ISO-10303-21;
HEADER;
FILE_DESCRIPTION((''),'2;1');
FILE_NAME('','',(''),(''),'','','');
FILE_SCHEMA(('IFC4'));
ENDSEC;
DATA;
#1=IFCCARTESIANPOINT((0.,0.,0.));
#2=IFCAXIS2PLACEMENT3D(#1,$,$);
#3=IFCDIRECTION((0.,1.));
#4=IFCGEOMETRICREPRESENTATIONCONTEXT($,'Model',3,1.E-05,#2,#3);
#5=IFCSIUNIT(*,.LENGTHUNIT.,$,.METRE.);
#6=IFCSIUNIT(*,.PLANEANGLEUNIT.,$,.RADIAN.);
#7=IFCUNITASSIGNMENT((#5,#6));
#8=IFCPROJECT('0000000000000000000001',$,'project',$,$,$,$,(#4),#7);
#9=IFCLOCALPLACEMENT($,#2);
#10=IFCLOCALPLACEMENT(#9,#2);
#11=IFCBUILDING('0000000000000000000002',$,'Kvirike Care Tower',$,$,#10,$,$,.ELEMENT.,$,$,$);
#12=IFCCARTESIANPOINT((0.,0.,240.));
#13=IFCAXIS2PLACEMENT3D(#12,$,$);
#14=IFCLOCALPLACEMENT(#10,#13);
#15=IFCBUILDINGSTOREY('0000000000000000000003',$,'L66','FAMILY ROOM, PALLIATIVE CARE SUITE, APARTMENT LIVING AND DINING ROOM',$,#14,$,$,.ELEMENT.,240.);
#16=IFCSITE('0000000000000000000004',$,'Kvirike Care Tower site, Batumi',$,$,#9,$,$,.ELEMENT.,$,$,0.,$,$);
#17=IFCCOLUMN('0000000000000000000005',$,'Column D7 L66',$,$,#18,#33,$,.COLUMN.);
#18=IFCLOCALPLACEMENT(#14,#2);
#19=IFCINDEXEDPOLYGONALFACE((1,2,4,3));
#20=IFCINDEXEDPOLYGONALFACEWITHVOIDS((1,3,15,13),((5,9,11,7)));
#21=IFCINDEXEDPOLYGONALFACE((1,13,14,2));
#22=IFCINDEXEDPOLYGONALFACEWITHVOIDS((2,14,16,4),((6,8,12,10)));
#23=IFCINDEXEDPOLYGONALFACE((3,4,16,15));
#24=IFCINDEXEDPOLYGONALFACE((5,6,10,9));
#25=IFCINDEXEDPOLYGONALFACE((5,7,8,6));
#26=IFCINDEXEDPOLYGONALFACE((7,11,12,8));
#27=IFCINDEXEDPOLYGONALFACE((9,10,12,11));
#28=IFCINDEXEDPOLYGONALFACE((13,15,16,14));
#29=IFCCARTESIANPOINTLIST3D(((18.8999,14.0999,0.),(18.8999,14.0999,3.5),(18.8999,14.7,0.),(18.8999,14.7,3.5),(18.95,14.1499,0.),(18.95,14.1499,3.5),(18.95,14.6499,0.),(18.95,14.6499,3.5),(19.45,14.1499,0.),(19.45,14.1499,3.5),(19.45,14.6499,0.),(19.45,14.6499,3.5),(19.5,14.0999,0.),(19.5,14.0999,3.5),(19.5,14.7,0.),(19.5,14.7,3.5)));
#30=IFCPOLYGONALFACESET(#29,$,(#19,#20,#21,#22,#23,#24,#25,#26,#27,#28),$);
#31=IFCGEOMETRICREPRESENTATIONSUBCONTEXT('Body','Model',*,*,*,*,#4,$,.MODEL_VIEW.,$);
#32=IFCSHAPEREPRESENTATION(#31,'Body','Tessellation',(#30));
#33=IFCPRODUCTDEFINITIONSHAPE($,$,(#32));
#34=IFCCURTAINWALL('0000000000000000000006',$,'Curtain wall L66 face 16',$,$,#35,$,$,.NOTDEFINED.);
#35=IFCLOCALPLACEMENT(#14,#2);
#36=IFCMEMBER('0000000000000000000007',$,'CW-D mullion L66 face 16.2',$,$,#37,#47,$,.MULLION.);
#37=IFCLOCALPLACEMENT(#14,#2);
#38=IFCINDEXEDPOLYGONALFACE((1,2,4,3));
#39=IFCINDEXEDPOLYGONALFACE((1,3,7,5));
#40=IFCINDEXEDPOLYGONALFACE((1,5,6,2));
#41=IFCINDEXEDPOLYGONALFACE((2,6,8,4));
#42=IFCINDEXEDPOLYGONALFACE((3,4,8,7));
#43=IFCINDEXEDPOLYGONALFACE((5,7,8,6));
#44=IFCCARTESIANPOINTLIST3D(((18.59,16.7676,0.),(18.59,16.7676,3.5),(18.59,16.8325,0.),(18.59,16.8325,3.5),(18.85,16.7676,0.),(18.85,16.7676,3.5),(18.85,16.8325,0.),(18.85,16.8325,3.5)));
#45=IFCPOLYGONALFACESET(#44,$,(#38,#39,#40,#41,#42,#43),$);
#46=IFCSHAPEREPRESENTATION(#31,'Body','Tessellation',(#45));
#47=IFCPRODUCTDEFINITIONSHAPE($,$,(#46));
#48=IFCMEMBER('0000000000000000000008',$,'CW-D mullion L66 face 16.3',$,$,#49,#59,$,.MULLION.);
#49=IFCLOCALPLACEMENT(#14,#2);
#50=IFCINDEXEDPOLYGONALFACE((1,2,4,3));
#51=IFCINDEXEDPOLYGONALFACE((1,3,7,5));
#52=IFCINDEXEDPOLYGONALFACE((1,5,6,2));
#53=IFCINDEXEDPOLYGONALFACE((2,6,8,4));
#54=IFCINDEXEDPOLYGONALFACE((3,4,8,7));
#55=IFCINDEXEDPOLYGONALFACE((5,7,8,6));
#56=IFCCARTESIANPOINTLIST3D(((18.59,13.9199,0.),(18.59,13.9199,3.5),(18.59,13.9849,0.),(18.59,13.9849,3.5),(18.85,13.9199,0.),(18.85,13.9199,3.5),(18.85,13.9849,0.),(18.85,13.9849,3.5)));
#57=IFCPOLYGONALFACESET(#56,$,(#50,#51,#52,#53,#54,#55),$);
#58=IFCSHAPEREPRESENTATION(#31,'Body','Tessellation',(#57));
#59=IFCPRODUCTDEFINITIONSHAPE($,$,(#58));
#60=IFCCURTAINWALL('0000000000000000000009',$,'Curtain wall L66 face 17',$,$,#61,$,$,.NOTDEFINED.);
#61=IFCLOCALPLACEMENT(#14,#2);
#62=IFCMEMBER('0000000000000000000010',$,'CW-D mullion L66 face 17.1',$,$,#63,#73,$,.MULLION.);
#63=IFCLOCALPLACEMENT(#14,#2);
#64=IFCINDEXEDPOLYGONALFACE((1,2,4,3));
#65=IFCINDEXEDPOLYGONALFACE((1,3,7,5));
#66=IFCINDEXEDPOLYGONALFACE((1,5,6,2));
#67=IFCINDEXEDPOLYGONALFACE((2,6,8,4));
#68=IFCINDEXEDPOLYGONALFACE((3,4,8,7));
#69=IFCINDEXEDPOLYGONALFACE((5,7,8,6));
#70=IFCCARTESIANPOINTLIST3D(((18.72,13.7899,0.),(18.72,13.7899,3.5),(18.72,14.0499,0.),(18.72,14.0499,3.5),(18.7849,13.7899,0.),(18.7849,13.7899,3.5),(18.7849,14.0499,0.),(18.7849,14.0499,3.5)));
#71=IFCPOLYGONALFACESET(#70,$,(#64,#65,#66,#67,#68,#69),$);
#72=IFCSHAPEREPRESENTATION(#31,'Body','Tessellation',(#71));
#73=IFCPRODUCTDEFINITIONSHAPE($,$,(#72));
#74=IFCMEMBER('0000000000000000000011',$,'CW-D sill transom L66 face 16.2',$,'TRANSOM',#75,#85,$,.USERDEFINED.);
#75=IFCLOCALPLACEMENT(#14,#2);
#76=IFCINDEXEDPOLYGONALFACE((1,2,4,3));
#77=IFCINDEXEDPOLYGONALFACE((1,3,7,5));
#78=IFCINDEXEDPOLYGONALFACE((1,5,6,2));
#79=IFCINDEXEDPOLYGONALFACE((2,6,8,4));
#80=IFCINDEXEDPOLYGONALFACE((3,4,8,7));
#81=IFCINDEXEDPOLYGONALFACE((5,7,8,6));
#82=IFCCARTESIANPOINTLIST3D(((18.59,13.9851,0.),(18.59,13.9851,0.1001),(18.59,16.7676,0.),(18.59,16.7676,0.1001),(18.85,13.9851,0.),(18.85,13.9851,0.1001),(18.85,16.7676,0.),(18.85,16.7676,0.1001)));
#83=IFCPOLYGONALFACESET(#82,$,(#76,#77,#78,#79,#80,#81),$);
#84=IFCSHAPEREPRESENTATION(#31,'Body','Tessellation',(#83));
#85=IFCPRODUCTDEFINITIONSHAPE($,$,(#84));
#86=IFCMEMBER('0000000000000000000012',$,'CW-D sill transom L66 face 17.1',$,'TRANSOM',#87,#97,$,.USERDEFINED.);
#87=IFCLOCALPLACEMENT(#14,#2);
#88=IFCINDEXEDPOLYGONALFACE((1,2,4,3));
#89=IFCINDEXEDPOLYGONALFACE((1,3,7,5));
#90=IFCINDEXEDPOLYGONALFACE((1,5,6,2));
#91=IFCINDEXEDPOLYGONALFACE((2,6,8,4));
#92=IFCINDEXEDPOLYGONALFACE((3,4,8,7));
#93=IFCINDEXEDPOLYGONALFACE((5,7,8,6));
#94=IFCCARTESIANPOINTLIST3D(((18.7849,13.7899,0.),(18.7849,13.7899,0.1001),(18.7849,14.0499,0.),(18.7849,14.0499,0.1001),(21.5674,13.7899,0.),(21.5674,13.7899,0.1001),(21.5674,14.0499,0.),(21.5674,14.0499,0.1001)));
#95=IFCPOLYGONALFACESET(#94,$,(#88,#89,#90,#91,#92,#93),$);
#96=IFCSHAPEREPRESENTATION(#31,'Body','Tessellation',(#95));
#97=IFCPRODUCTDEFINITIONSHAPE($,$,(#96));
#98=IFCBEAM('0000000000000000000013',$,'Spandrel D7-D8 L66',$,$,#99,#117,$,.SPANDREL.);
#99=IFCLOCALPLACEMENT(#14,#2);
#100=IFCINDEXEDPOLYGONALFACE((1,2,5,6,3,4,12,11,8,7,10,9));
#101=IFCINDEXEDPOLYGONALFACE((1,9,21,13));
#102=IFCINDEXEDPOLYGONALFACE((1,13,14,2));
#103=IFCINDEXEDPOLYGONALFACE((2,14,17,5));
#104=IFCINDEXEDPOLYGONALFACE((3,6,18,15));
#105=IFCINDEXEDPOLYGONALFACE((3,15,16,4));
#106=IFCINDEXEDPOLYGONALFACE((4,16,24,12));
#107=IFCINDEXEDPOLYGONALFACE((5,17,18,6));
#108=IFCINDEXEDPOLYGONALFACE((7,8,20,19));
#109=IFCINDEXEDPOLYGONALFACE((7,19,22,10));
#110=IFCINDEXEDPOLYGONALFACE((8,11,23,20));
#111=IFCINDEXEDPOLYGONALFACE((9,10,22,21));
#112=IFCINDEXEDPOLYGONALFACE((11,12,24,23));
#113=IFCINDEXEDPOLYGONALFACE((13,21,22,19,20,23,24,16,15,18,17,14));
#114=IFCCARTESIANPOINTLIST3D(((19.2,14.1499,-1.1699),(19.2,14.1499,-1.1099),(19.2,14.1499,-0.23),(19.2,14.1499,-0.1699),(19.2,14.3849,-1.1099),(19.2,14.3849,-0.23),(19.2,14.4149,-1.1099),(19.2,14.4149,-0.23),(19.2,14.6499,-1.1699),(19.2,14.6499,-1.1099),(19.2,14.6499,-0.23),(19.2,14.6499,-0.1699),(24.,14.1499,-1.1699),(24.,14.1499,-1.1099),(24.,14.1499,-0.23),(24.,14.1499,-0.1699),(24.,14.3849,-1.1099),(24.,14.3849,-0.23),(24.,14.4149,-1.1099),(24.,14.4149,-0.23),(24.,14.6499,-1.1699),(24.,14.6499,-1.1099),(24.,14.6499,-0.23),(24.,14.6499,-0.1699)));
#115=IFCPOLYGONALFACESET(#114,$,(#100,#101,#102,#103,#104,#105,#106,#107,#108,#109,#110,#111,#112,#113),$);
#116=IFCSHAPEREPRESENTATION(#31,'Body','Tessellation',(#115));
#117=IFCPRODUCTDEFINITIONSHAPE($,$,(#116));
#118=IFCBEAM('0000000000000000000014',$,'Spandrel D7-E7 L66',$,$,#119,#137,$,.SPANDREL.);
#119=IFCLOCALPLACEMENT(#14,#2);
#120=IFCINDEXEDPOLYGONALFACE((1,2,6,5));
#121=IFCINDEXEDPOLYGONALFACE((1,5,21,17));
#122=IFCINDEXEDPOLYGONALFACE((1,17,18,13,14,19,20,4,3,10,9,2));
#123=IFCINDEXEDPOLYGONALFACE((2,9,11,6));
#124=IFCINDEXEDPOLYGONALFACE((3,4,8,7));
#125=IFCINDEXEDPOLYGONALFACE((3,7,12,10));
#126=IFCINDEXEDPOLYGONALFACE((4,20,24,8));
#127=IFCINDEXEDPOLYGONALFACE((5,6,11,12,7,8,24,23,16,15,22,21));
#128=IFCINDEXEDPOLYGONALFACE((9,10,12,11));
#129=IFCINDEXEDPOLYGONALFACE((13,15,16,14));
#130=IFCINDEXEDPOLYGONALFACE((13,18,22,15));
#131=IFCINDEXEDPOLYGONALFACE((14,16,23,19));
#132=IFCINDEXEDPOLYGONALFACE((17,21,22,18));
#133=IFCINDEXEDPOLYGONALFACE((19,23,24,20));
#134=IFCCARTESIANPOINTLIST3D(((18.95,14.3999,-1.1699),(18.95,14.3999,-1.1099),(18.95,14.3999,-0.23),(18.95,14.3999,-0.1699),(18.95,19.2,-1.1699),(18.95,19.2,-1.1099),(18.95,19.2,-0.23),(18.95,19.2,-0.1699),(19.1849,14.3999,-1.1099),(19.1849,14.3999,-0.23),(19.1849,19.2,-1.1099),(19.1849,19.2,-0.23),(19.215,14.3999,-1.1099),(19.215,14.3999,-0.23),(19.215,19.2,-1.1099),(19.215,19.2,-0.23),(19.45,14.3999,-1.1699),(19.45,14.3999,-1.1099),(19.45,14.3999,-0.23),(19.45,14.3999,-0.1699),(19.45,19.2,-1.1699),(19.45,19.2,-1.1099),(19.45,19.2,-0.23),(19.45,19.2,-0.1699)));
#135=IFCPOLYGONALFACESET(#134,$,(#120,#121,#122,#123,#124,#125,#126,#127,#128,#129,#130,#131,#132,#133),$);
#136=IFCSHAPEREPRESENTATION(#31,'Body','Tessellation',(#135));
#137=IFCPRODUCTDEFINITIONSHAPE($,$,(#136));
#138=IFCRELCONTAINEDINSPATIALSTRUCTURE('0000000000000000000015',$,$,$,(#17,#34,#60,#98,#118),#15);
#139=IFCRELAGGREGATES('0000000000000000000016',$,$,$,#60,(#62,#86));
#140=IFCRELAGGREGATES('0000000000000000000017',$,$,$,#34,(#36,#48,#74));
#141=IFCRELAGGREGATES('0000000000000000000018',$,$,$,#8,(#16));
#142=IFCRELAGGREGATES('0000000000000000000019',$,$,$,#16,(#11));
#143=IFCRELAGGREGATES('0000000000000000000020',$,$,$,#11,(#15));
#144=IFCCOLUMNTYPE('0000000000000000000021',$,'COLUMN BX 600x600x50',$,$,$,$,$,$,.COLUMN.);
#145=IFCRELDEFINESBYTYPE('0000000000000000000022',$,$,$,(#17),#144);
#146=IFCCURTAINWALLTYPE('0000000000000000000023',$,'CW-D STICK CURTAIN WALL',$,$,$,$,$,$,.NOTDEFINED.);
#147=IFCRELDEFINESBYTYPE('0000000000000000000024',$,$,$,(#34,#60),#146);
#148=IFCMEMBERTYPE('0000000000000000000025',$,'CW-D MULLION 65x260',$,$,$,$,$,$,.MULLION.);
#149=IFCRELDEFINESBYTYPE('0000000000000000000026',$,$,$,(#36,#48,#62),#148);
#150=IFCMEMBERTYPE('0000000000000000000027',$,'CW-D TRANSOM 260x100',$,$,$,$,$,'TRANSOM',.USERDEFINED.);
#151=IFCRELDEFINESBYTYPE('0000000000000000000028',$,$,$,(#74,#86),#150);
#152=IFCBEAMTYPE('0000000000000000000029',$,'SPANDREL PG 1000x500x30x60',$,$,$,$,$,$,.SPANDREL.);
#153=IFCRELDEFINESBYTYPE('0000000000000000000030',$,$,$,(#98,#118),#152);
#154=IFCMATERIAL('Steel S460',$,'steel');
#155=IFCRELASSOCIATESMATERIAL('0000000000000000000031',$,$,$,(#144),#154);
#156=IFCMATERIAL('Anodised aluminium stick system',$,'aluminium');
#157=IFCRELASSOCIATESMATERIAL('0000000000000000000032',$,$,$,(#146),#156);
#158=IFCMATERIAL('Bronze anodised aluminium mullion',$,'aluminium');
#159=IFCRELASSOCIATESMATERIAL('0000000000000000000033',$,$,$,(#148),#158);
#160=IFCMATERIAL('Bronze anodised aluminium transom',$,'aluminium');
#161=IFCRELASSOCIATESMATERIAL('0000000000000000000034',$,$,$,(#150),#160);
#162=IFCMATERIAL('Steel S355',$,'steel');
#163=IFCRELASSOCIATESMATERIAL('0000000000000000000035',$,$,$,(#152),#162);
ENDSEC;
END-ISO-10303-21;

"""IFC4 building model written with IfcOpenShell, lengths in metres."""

from ifc_helpers import new_model, si_unit, direction, frame, origin, origin_2d, place, context, subcontext, project, spatial, rectangle, hollow_rectangle, i_section, extrude, material, material_profile, profile_set, type_object, element, aggregate, save


model = new_model("IFC4")

# Units and contexts
model_context = context("Model", 3, precision=1e-05, world=origin(), true_north=direction((0.0, 1.0)))
body_context = subcontext(model_context, "Body", "Model", "MODEL_VIEW")
ifc_project = project(units=[si_unit("LENGTHUNIT", "METRE"), si_unit("PLANEANGLEUNIT", "RADIAN")], contexts=[model_context])

# Site, building, storey
site_placement = place(None, origin())
site = spatial("IfcSite", under=ifc_project, at=site_placement, Name="Kvirike Care Tower site, Batumi", CompositionType="ELEMENT", RefElevation=0.0)
building_placement = place(site_placement, origin())
building = spatial("IfcBuilding", under=site, at=building_placement, Name="Kvirike Care Tower", CompositionType="ELEMENT")
storey_placement = place(building_placement, frame((0.0, 0.0, 240.0)))
storey = spatial("IfcBuildingStorey", under=building, at=storey_placement, Name="L66", Description="FAMILY ROOM, PALLIATIVE CARE SUITE, APARTMENT LIVING AND DINING ROOM", CompositionType="ELEMENT", Elevation=240.0)

# Column
ifc_material_1 = material(Name="Steel S460", Category="steel")
ifc_material_profile_1 = material_profile(ifc_material_1, hollow_rectangle(XDim=0.6001, YDim=0.6001, WallThickness=0.05, at=origin_2d()), Name="BX 600x600x50")
ifc_profile_set_1 = profile_set([ifc_material_profile_1], Name="Steel S460")
column_type = type_object("IfcColumnType", Name="COLUMN BX 600x600x50", PredefinedType="COLUMN", material=ifc_profile_set_1)
column_placement = place(storey_placement, frame((19.2, 14.3999, 0.0), z_axis=(0.0, 0.0, 1.0), x_axis=(0.0, 1.0, 0.0)))
element("IfcColumn", 1, at=column_placement, inside=storey, type_object=column_type, Name="Column D7 L66", PredefinedType="COLUMN", context=body_context, shape_type="SweptSolid", body=[
    extrude(hollow_rectangle(XDim=0.6001, YDim=0.6001, WallThickness=0.05, at=origin_2d()), origin(), (0.0, 0.0, 1.0), 3.5),
])

# Curtain wall, members
ifc_material_2 = material(Name="Anodised aluminium stick system", Category="aluminium")
curtain_wall_type = type_object("IfcCurtainWallType", Name="CW-D STICK CURTAIN WALL", PredefinedType="NOTDEFINED", material=ifc_material_2)
curtain_wall_1_placement = place(storey_placement, origin())
curtain_wall_1 = element("IfcCurtainWall", 2, at=curtain_wall_1_placement, inside=storey, type_object=curtain_wall_type, Name="Curtain wall L66 face 16", PredefinedType="NOTDEFINED")
ifc_material_3 = material(Name="Bronze anodised aluminium mullion", Category="aluminium")
ifc_material_profile_2 = material_profile(ifc_material_3, rectangle(XDim=0.0649, YDim=0.26, at=origin_2d()), Name="CW-D MULLION 65x260")
ifc_profile_set_2 = profile_set([ifc_material_profile_2], Name="Bronze anodised aluminium mullion")
member_type_1 = type_object("IfcMemberType", Name="CW-D MULLION 65x260", PredefinedType="MULLION", material=ifc_profile_set_2)
member_1_placement = place(storey_placement, frame((18.72, 16.8, 0.0), z_axis=(0.0, 0.0, 1.0), x_axis=(0.0, -1.0, 0.0)))
member_1 = element("IfcMember", 3, at=member_1_placement, type_object=member_type_1, Name="CW-D mullion L66 face 16.2", PredefinedType="MULLION", context=body_context, shape_type="SweptSolid", body=[
    extrude(rectangle(XDim=0.0649, YDim=0.26, at=origin_2d()), origin(), (0.0, 0.0, 1.0), 3.5),
])
member_2_placement = place(storey_placement, frame((18.72, 13.9524, 0.0), z_axis=(0.0, 0.0, 1.0), x_axis=(0.0, -1.0, 0.0)))
member_2 = element("IfcMember", 4, at=member_2_placement, type_object=member_type_1, Name="CW-D mullion L66 face 16.3", PredefinedType="MULLION", context=body_context, shape_type="SweptSolid", body=[
    extrude(rectangle(XDim=0.0649, YDim=0.26, at=origin_2d()), origin(), (0.0, 0.0, 1.0), 3.5),
])

# Curtain wall, member
curtain_wall_2_placement = place(storey_placement, origin())
curtain_wall_2 = element("IfcCurtainWall", 5, at=curtain_wall_2_placement, inside=storey, type_object=curtain_wall_type, Name="Curtain wall L66 face 17", PredefinedType="NOTDEFINED")
member_3_placement = place(storey_placement, frame((18.7524, 13.9199, 0.0), z_axis=(0.0, 0.0, 1.0), x_axis=(1.0, 0.0, 0.0)))
member_3 = element("IfcMember", 6, at=member_3_placement, type_object=member_type_1, Name="CW-D mullion L66 face 17.1", PredefinedType="MULLION", context=body_context, shape_type="SweptSolid", body=[
    extrude(rectangle(XDim=0.0649, YDim=0.26, at=origin_2d()), origin(), (0.0, 0.0, 1.0), 3.5),
])

# Members
ifc_material_4 = material(Name="Bronze anodised aluminium transom", Category="aluminium")
ifc_material_profile_3 = material_profile(ifc_material_4, rectangle(XDim=0.26, YDim=0.1001, at=origin_2d()), Name="CW-D TRANSOM 260x100")
ifc_profile_set_3 = profile_set([ifc_material_profile_3], Name="Bronze anodised aluminium transom")
member_type_2 = type_object("IfcMemberType", Name="CW-D TRANSOM 260x100", ElementType="TRANSOM", PredefinedType="USERDEFINED", material=ifc_profile_set_3)
member_4_placement = place(storey_placement, frame((18.72, 16.7676, 0.05), z_axis=(0.0, -1.0, 0.0), x_axis=(1.0, 0.0, 0.0)))
member_4 = element("IfcMember", 7, at=member_4_placement, type_object=member_type_2, Name="CW-D sill transom L66 face 16.2", ObjectType="TRANSOM", PredefinedType="USERDEFINED", context=body_context, shape_type="SweptSolid", body=[
    extrude(rectangle(XDim=0.26, YDim=0.1001, at=origin_2d()), origin(), (0.0, 0.0, 1.0), 2.7825),
])
member_5_placement = place(storey_placement, frame((18.7849, 13.9199, 0.05), z_axis=(1.0, 0.0, 0.0), x_axis=(0.0, 1.0, 0.0)))
member_5 = element("IfcMember", 8, at=member_5_placement, type_object=member_type_2, Name="CW-D sill transom L66 face 17.1", ObjectType="TRANSOM", PredefinedType="USERDEFINED", context=body_context, shape_type="SweptSolid", body=[
    extrude(rectangle(XDim=0.26, YDim=0.1001, at=origin_2d()), origin(), (0.0, 0.0, 1.0), 2.7825),
])
aggregate(curtain_wall_2, [member_3, member_5])

# Beams
ifc_material_5 = material(Name="Steel S355", Category="steel")
ifc_material_profile_4 = material_profile(ifc_material_5, i_section(OverallWidth=0.5, OverallDepth=1.0, WebThickness=0.03, FlangeThickness=0.0601, at=origin_2d()), Name="PG 1000x500x30x60")
ifc_profile_set_4 = profile_set([ifc_material_profile_4], Name="Steel S355")
beam_type = type_object("IfcBeamType", Name="SPANDREL PG 1000x500x30x60", PredefinedType="SPANDREL", material=ifc_profile_set_4)
for number, where, z_axis, x_axis, name in (
    (9, (19.2, 14.3999, -0.6699), (1.0, 0.0, 0.0), (0.0, 1.0, 0.0), "Spandrel D7-D8 L66"),
    (10, (19.2, 14.3999, -0.6699), (0.0, 1.0, 0.0), (-1.0, 0.0, 0.0), "Spandrel D7-E7 L66"),
):
    element("IfcBeam", number, at=place(storey_placement, frame(where, z_axis=z_axis, x_axis=x_axis)), inside=storey, type_object=beam_type, Name=name, PredefinedType="SPANDREL", context=body_context, shape_type="SweptSolid", body=[
        extrude(i_section(OverallWidth=0.5, OverallDepth=1.0, WebThickness=0.03, FlangeThickness=0.0601, at=origin_2d()), origin(), (0.0, 0.0, 1.0), 4.8),
    ])

aggregate(curtain_wall_1, [member_1, member_2, member_4])

save(model, "model.ifc")
